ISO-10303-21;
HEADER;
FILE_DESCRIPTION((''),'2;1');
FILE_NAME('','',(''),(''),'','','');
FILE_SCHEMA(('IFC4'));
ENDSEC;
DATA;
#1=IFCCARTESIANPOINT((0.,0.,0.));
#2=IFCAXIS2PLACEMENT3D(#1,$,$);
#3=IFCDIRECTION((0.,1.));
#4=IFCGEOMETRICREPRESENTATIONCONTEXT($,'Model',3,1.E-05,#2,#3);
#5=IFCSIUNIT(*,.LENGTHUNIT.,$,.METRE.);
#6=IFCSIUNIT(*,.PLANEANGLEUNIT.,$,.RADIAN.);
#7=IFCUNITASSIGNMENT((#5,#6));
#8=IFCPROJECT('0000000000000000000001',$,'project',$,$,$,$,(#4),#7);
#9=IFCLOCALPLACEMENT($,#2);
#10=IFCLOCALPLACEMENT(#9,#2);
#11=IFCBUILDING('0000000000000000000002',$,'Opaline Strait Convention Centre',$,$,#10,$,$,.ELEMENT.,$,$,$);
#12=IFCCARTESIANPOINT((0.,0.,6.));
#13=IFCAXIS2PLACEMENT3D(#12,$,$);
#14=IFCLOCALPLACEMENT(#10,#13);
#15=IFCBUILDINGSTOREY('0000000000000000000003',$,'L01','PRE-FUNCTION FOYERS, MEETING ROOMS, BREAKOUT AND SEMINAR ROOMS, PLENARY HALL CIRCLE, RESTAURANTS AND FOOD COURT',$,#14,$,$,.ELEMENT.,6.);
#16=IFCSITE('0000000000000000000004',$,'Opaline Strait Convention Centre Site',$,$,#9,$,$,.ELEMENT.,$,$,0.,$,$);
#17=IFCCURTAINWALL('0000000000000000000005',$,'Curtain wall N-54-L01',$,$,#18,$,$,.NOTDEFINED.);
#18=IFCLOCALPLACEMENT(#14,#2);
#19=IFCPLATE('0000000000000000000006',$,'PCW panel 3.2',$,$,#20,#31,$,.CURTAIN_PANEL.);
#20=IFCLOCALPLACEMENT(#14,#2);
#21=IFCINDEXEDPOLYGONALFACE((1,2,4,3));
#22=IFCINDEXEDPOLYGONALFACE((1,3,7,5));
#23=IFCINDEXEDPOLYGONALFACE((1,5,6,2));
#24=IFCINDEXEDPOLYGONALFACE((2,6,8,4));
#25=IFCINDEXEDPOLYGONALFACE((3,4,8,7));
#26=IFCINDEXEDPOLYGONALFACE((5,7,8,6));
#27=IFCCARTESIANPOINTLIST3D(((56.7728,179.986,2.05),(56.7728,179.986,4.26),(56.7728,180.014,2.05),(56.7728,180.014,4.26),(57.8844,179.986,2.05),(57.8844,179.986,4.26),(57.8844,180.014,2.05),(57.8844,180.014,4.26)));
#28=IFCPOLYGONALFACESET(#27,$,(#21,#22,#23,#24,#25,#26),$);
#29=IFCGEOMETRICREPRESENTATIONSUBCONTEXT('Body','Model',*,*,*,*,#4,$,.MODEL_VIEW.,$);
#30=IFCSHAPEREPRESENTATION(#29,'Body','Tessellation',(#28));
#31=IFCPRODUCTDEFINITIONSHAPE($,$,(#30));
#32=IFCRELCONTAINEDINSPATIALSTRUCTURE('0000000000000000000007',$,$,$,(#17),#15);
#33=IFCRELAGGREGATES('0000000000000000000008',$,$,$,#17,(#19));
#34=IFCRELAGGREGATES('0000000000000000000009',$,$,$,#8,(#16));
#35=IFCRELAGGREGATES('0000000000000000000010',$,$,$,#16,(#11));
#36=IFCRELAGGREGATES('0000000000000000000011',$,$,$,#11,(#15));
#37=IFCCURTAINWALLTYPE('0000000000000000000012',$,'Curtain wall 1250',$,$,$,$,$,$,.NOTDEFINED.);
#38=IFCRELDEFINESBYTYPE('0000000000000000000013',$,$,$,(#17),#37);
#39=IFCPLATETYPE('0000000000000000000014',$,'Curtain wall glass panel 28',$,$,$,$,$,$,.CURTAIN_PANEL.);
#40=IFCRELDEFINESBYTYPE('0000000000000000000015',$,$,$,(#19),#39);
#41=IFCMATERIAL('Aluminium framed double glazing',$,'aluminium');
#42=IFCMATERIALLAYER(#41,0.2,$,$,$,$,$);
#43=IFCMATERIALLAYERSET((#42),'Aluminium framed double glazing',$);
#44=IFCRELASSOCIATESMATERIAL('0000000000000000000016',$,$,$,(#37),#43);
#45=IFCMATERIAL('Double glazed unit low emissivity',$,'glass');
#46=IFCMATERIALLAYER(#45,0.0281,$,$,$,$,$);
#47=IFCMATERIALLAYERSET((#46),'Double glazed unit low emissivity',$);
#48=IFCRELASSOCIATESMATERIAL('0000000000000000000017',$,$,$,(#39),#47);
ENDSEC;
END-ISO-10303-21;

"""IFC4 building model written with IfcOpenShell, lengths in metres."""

from ifc_helpers import new_model, si_unit, direction, frame, origin, origin_2d, place, context, subcontext, project, spatial, rectangle, extrude, material, layer, layer_set, type_object, element, aggregate, save


model = new_model("IFC4")

# Units and contexts
model_context = context("Model", 3, precision=1e-05, world=origin(), true_north=direction((0.0, 1.0)))
body_context = subcontext(model_context, "Body", "Model", "MODEL_VIEW")
ifc_project = project(units=[si_unit("LENGTHUNIT", "METRE"), si_unit("PLANEANGLEUNIT", "RADIAN")], contexts=[model_context])

# Site, building, storey
site_placement = place(None, origin())
site = spatial("IfcSite", under=ifc_project, at=site_placement, Name="Opaline Strait Convention Centre Site", CompositionType="ELEMENT", RefElevation=0.0)
building_placement = place(site_placement, origin())
building = spatial("IfcBuilding", under=site, at=building_placement, Name="Opaline Strait Convention Centre", CompositionType="ELEMENT")
storey_placement = place(building_placement, frame((0.0, 0.0, 6.0)))
storey = spatial("IfcBuildingStorey", under=building, at=storey_placement, Name="L01", Description="PRE-FUNCTION FOYERS, MEETING ROOMS, BREAKOUT AND SEMINAR ROOMS, PLENARY HALL CIRCLE, RESTAURANTS AND FOOD COURT", CompositionType="ELEMENT", Elevation=6.0)

# Shared definitions
ifc_material_1 = material(Name="Aluminium framed double glazing", Category="aluminium")
ifc_layer_1 = layer(ifc_material_1, 0.2)
ifc_layer_set_1 = layer_set([ifc_layer_1], Name="Aluminium framed double glazing")
curtain_wall_type = type_object("IfcCurtainWallType", Name="Curtain wall 1250", PredefinedType="NOTDEFINED", material=ifc_layer_set_1)

# Curtain wall
curtain_wall_1_placement = place(storey_placement, origin())
curtain_wall_1 = element("IfcCurtainWall", 1, at=curtain_wall_1_placement, inside=storey, type_object=curtain_wall_type, Name="Curtain wall N-54-L01", PredefinedType="NOTDEFINED")

# Plate
ifc_material_2 = material(Name="Double glazed unit low emissivity", Category="glass")
ifc_layer_2 = layer(ifc_material_2, 0.0281)
ifc_layer_set_2 = layer_set([ifc_layer_2], Name="Double glazed unit low emissivity")
plate_type = type_object("IfcPlateType", Name="Curtain wall glass panel 28", PredefinedType="CURTAIN_PANEL", material=ifc_layer_set_2)
plate_1_placement = place(storey_placement, frame((57.3286, 180.0, 2.05), z_axis=(0.0, 0.0, 1.0), x_axis=(1.0, 0.0, 0.0)))
plate_1 = element("IfcPlate", 2, at=plate_1_placement, type_object=plate_type, Name="PCW panel 3.2", PredefinedType="CURTAIN_PANEL", context=body_context, shape_type="SweptSolid", body=[
    extrude(rectangle(XDim=1.1116, YDim=0.0281, at=origin_2d()), origin(), (0.0, 0.0, 1.0), 2.21),
])
aggregate(curtain_wall_1, [plate_1])

save(model, "model.ifc")
